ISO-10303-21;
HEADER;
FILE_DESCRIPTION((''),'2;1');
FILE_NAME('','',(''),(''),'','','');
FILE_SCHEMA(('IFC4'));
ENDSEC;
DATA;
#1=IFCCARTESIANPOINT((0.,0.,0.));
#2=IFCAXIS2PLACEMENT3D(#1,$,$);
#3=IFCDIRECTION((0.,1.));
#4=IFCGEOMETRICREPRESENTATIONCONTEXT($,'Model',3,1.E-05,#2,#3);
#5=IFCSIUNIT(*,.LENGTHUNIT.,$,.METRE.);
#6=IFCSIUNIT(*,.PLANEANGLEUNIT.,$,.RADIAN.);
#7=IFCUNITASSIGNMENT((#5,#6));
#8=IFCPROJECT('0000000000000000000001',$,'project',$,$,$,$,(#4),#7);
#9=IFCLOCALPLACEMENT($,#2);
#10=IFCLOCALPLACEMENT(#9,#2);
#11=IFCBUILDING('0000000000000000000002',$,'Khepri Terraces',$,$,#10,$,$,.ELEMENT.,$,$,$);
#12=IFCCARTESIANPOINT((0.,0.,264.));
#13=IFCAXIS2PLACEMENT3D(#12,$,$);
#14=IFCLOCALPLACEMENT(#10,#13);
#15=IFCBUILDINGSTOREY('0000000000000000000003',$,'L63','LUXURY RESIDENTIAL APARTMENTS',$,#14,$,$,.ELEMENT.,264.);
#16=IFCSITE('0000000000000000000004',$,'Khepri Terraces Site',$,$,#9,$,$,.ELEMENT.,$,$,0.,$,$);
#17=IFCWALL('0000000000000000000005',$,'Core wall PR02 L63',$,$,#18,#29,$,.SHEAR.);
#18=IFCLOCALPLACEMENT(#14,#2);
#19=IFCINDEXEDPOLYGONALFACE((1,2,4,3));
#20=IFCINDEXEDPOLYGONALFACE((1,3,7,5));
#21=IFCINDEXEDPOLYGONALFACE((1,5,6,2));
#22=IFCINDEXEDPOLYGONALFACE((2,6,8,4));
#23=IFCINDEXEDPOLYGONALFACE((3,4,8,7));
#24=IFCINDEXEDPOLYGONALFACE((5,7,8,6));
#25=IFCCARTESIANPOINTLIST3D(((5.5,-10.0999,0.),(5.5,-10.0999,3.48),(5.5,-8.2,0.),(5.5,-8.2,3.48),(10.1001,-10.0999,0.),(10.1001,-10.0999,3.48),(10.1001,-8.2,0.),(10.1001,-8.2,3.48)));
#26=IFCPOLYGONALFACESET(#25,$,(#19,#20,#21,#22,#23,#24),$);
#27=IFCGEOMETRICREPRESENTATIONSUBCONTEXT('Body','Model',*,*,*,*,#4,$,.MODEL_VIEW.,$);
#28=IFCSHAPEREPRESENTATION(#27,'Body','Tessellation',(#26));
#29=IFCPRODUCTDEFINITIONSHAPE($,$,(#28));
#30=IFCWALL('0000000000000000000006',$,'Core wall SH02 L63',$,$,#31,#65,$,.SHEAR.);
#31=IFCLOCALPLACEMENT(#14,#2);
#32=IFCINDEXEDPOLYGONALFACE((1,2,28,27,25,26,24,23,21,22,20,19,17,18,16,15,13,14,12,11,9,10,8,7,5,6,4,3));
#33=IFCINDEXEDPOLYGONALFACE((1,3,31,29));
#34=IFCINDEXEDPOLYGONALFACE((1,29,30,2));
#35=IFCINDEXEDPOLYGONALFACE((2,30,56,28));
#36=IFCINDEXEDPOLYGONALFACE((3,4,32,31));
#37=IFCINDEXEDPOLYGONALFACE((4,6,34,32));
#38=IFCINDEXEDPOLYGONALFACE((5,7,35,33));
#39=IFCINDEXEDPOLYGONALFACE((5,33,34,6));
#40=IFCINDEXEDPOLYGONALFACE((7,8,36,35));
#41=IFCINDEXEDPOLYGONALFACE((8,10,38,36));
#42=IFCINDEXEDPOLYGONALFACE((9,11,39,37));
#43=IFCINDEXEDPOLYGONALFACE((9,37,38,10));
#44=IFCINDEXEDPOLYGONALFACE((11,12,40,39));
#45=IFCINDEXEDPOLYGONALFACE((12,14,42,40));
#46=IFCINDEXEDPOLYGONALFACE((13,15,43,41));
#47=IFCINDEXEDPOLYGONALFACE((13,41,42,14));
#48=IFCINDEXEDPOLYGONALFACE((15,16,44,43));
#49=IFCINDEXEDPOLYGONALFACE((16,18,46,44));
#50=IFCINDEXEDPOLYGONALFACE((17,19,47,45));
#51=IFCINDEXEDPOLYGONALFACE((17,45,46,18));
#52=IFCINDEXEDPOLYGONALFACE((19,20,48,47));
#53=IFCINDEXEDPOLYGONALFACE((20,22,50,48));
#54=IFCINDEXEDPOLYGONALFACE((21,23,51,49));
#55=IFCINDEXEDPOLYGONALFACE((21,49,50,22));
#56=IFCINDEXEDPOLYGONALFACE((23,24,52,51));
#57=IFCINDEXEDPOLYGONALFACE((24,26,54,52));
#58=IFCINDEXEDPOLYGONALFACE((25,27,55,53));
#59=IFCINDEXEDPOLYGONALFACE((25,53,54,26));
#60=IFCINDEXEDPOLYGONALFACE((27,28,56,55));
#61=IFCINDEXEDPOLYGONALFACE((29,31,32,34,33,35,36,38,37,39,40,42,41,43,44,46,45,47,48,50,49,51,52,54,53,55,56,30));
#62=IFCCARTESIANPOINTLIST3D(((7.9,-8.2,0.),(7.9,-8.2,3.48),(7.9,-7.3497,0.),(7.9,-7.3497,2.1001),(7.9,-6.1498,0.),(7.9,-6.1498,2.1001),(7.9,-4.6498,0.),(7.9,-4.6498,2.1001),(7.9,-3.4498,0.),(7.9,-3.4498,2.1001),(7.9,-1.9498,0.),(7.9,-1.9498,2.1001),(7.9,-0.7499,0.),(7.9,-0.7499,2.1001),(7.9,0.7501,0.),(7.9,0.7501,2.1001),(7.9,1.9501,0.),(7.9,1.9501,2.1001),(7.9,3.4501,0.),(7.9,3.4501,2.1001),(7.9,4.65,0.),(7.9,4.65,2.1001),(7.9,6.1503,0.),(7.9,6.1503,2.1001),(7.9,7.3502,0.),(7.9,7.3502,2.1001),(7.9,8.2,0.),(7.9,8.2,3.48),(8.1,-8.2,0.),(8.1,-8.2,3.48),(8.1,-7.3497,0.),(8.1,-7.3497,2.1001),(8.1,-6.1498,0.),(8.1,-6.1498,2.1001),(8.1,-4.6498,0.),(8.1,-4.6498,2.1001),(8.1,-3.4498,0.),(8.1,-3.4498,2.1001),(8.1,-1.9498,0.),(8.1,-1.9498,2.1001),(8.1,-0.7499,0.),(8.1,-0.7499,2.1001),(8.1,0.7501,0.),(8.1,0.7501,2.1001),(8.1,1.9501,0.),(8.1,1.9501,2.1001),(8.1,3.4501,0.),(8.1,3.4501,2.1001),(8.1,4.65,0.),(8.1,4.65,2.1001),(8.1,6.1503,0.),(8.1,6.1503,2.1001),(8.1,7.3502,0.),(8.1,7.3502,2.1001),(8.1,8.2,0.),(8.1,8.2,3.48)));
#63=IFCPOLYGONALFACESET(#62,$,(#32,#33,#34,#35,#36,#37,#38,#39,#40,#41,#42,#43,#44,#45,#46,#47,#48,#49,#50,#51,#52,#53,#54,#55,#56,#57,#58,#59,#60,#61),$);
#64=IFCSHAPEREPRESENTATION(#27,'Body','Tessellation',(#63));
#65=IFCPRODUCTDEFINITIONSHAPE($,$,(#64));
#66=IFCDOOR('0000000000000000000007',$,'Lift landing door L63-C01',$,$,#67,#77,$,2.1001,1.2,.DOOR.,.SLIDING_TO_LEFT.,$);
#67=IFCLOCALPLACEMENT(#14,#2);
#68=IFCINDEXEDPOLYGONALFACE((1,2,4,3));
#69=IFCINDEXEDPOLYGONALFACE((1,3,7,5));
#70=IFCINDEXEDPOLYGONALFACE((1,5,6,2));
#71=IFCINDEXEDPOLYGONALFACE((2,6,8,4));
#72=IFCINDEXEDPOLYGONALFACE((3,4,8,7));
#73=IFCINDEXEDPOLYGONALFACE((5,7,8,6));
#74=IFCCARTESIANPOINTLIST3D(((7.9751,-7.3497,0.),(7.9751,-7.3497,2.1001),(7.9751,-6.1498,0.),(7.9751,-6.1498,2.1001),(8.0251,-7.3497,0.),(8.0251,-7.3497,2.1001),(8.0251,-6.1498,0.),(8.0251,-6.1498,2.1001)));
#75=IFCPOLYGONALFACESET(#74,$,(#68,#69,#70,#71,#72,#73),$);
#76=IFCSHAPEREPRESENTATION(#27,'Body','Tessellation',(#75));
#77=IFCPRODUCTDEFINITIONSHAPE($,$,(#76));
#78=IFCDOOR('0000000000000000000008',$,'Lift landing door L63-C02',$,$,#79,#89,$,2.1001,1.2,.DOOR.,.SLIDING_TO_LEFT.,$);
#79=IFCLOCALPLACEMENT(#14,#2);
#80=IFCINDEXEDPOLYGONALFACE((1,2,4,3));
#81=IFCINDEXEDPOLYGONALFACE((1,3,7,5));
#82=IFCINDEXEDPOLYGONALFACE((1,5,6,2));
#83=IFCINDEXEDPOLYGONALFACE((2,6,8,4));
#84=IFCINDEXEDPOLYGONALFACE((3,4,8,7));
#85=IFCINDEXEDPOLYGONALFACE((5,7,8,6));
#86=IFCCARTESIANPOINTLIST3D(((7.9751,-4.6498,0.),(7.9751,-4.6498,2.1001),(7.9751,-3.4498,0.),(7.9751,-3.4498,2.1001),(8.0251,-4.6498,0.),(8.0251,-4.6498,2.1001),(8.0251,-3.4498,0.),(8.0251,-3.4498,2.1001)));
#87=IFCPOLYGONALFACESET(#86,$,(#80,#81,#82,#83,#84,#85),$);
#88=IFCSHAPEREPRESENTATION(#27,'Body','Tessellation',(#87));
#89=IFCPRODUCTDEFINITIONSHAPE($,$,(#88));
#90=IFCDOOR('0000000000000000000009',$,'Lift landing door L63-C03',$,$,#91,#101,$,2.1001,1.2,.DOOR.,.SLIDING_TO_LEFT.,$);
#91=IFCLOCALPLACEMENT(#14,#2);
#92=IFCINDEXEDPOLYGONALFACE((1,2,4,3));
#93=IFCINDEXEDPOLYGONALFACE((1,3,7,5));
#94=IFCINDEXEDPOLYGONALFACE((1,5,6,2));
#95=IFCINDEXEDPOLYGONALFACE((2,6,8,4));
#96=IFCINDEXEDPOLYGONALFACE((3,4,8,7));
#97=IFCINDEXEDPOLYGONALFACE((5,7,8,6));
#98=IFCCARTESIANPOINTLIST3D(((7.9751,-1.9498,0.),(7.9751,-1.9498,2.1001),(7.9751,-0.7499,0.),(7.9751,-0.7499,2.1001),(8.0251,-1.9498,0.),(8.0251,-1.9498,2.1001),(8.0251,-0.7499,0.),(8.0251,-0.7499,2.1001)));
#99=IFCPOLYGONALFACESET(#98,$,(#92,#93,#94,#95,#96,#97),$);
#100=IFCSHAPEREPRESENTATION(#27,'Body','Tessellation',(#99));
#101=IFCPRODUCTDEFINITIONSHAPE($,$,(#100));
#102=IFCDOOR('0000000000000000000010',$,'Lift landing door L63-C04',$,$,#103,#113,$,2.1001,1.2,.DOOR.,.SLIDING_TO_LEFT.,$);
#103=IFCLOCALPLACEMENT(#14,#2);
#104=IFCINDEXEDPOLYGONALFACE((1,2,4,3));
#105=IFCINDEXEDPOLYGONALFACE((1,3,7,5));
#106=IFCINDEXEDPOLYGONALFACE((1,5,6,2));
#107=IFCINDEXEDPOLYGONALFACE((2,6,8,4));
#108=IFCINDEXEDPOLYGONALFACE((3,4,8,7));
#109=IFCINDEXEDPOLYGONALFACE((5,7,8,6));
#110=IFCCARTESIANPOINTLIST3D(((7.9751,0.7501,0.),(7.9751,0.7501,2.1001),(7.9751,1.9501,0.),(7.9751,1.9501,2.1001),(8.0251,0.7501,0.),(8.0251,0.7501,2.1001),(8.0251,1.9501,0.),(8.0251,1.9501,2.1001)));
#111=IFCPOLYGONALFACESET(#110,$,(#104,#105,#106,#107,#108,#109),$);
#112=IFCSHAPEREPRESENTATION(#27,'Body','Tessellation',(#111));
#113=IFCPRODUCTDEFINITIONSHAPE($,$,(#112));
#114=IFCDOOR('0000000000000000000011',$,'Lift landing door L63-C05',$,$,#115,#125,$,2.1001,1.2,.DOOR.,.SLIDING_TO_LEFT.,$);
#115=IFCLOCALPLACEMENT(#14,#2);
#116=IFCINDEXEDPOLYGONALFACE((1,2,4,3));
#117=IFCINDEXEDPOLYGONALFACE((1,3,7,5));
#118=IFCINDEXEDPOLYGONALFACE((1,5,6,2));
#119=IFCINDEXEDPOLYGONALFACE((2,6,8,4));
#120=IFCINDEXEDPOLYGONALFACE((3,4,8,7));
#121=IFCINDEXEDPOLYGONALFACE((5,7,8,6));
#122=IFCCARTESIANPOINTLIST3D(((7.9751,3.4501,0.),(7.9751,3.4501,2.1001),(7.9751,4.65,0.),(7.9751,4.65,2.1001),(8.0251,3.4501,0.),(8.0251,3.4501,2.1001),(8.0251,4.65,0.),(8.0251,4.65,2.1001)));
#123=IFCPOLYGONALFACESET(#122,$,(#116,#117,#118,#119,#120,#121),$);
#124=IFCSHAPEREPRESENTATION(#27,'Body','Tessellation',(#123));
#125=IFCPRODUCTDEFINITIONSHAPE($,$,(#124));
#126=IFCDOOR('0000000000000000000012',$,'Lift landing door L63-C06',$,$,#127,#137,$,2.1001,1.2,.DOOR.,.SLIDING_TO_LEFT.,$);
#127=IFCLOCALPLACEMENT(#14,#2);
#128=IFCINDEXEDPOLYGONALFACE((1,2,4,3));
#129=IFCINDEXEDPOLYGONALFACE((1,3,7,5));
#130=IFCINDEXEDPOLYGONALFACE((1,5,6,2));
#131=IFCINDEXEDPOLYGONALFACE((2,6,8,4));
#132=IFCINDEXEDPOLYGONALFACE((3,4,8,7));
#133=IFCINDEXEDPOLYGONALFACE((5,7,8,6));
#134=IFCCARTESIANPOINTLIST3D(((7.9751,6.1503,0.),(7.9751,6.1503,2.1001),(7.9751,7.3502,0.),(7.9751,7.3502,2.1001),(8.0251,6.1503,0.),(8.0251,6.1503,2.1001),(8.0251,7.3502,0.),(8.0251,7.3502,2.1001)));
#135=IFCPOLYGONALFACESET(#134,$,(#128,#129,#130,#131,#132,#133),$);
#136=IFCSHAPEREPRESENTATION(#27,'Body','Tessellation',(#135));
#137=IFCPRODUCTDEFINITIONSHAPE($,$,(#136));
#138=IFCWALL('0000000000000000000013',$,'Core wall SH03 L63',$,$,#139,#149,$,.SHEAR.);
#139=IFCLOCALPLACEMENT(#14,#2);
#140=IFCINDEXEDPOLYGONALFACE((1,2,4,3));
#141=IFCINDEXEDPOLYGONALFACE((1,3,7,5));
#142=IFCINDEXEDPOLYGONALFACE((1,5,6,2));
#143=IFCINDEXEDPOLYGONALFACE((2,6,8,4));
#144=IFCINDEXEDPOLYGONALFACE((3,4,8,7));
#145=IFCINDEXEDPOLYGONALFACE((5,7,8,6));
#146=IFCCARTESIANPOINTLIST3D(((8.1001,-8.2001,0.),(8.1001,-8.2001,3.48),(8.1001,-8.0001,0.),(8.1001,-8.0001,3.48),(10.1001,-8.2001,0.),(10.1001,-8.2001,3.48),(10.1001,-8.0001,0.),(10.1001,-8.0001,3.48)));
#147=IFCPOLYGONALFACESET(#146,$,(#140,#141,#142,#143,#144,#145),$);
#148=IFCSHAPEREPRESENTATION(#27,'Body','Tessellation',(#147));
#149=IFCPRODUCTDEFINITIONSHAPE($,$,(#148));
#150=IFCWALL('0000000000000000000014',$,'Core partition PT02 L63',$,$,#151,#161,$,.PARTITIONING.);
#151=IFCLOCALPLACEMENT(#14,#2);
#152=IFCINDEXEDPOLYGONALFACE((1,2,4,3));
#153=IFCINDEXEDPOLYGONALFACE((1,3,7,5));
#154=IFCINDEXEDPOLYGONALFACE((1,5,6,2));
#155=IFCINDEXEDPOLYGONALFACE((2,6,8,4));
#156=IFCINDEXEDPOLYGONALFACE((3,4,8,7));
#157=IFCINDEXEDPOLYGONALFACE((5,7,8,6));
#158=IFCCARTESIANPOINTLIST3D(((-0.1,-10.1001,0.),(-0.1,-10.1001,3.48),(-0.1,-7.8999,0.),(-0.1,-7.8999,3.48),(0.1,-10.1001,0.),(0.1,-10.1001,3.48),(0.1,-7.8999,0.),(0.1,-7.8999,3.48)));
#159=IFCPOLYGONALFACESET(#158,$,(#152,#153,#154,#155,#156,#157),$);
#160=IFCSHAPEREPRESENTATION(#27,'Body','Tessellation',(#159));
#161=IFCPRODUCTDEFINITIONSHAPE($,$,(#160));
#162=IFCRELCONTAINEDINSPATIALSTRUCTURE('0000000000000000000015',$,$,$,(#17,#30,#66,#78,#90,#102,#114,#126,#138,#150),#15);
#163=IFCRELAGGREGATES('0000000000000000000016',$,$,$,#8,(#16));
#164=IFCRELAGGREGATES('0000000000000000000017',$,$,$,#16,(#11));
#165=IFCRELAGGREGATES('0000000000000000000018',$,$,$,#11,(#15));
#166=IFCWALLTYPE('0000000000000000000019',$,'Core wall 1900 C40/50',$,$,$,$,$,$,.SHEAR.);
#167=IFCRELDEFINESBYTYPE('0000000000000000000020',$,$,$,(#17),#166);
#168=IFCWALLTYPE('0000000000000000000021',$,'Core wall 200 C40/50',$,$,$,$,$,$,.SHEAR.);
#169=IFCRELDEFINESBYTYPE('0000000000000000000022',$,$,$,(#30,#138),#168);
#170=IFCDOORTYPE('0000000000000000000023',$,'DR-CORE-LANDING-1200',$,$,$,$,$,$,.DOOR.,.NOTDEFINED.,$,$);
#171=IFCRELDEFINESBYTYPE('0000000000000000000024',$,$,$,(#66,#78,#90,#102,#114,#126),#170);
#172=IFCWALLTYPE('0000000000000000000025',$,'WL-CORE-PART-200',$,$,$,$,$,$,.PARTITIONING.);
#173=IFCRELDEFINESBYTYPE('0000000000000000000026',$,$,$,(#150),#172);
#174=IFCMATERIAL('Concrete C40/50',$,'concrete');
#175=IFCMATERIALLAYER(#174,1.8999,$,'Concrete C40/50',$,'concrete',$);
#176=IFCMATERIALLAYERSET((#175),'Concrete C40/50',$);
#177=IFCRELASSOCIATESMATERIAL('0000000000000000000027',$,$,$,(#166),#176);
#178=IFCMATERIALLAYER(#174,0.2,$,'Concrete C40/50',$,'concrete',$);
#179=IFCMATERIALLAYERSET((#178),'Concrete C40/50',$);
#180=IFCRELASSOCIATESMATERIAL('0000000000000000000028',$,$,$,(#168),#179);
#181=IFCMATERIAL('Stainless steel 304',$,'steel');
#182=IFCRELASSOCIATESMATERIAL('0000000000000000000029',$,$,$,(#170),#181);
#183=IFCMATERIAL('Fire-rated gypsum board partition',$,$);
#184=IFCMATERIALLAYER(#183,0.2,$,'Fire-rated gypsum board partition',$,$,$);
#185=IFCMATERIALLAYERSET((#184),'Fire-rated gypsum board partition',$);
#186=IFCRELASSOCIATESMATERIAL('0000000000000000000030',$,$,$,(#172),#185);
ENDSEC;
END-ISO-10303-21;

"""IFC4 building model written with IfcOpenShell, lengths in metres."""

from ifc_helpers import new_model, si_unit, direction, frame, frame_2d, origin, place, context, subcontext, project, spatial, rectangle, extrude, material, layer, layer_set, type_object, element, fill, save


model = new_model("IFC4")

# Units and contexts
model_context = context("Model", 3, precision=1e-05, world=origin(), true_north=direction((0.0, 1.0)))
body_context = subcontext(model_context, "Body", "Model", "MODEL_VIEW")
ifc_project = project(units=[si_unit("LENGTHUNIT", "METRE"), si_unit("PLANEANGLEUNIT", "RADIAN")], contexts=[model_context])

# Site, building, storey
site_placement = place(None, origin())
site = spatial("IfcSite", under=ifc_project, at=site_placement, Name="Khepri Terraces Site", CompositionType="ELEMENT", RefElevation=0.0)
building_placement = place(site_placement, origin())
building = spatial("IfcBuilding", under=site, at=building_placement, Name="Khepri Terraces", CompositionType="ELEMENT")
storey_placement = place(building_placement, frame((0.0, 0.0, 264.0)))
storey = spatial("IfcBuildingStorey", under=building, at=storey_placement, Name="L63", Description="LUXURY RESIDENTIAL APARTMENTS", CompositionType="ELEMENT", Elevation=264.0)

# Wall
ifc_material_1 = material(Name="Concrete C40/50", Category="concrete")
ifc_layer_1 = layer(ifc_material_1, 1.8999, Name="Concrete C40/50", Category="concrete")
ifc_layer_set_1 = layer_set([ifc_layer_1], Name="Concrete C40/50")
wall_type_1 = type_object("IfcWallType", Name="Core wall 1900 C40/50", PredefinedType="SHEAR", material=ifc_layer_set_1)
wall_1_placement = place(storey_placement, frame((5.5, -9.1499, 0.0), z_axis=(0.0, 0.0, 1.0), x_axis=(1.0, 0.0, 0.0)))
element("IfcWall", 1, at=wall_1_placement, inside=storey, type_object=wall_type_1, Name="Core wall PR02 L63", PredefinedType="SHEAR", context=body_context, shape_type="SweptSolid", body=[
    extrude(rectangle(XDim=4.6001, YDim=1.8999, at=frame_2d((2.3, 0.0))), origin(), (0.0, 0.0, 1.0), 3.48),
])

# Wall, openings, doors
ifc_layer_2 = layer(ifc_material_1, 0.2, Name="Concrete C40/50", Category="concrete")
ifc_layer_set_2 = layer_set([ifc_layer_2], Name="Concrete C40/50")
wall_type_2 = type_object("IfcWallType", Name="Core wall 200 C40/50", PredefinedType="SHEAR", material=ifc_layer_set_2)
wall_2_placement = place(storey_placement, frame((8.0, -8.2, 0.0), z_axis=(0.0, 0.0, 1.0), x_axis=(0.0, 1.0, 0.0)))
wall_2 = element("IfcWall", 2, at=wall_2_placement, inside=storey, type_object=wall_type_2, Name="Core wall SH02 L63", PredefinedType="SHEAR", context=body_context, shape_type="SweptSolid", body=[
    extrude(rectangle(XDim=16.3999, YDim=0.2, at=frame_2d((8.2, 0.0))), origin(), (0.0, 0.0, 1.0), 3.48),
])
opening_1_placement = place(wall_2_placement, frame((0.8501, 0.0, 0.0)))
opening_1 = element("IfcOpeningElement", 3, at=opening_1_placement, cuts=wall_2, PredefinedType="OPENING", context=body_context, shape_type="SweptSolid", body=[
    extrude(rectangle(XDim=1.2, YDim=2.1001, at=frame_2d((0.6001, 1.05))), frame((0.0, 0.1099, 0.0), z_axis=(0.0, -1.0, 0.0), x_axis=(1.0, 0.0, 0.0)), (0.0, 0.0, 1.0), 0.22),
])
opening_2_placement = place(wall_2_placement, frame((3.55, 0.0, 0.0)))
opening_2 = element("IfcOpeningElement", 4, at=opening_2_placement, cuts=wall_2, PredefinedType="OPENING", context=body_context, shape_type="SweptSolid", body=[
    extrude(rectangle(XDim=1.2, YDim=2.1001, at=frame_2d((0.6001, 1.05))), frame((0.0, 0.1099, 0.0), z_axis=(0.0, -1.0, 0.0), x_axis=(1.0, 0.0, 0.0)), (0.0, 0.0, 1.0), 0.22),
])
opening_3_placement = place(wall_2_placement, frame((6.25, 0.0, 0.0)))
opening_3 = element("IfcOpeningElement", 5, at=opening_3_placement, cuts=wall_2, PredefinedType="OPENING", context=body_context, shape_type="SweptSolid", body=[
    extrude(rectangle(XDim=1.2, YDim=2.1001, at=frame_2d((0.6001, 1.05))), frame((0.0, 0.1099, 0.0), z_axis=(0.0, -1.0, 0.0), x_axis=(1.0, 0.0, 0.0)), (0.0, 0.0, 1.0), 0.22),
])
opening_4_placement = place(wall_2_placement, frame((8.95, 0.0, 0.0)))
opening_4 = element("IfcOpeningElement", 6, at=opening_4_placement, cuts=wall_2, PredefinedType="OPENING", context=body_context, shape_type="SweptSolid", body=[
    extrude(rectangle(XDim=1.2, YDim=2.1001, at=frame_2d((0.6001, 1.05))), frame((0.0, 0.1099, 0.0), z_axis=(0.0, -1.0, 0.0), x_axis=(1.0, 0.0, 0.0)), (0.0, 0.0, 1.0), 0.22),
])
opening_5_placement = place(wall_2_placement, frame((11.6499, 0.0, 0.0)))
opening_5 = element("IfcOpeningElement", 7, at=opening_5_placement, cuts=wall_2, PredefinedType="OPENING", context=body_context, shape_type="SweptSolid", body=[
    extrude(rectangle(XDim=1.2, YDim=2.1001, at=frame_2d((0.6001, 1.05))), frame((0.0, 0.1099, 0.0), z_axis=(0.0, -1.0, 0.0), x_axis=(1.0, 0.0, 0.0)), (0.0, 0.0, 1.0), 0.22),
])
opening_6_placement = place(wall_2_placement, frame((14.3501, 0.0, 0.0)))
opening_6 = element("IfcOpeningElement", 8, at=opening_6_placement, cuts=wall_2, PredefinedType="OPENING", context=body_context, shape_type="SweptSolid", body=[
    extrude(rectangle(XDim=1.2, YDim=2.1001, at=frame_2d((0.6001, 1.05))), frame((0.0, 0.1099, 0.0), z_axis=(0.0, -1.0, 0.0), x_axis=(1.0, 0.0, 0.0)), (0.0, 0.0, 1.0), 0.22),
])
ifc_material_2 = material(Name="Stainless steel 304", Category="steel")
door_type_1 = type_object("IfcDoorType", Name="DR-CORE-LANDING-1200", OperationType="NOTDEFINED", PredefinedType="DOOR", material=ifc_material_2)
door_1_placement = place(opening_1_placement, origin())
door_1 = element("IfcDoor", 9, at=door_1_placement, inside=storey, type_object=door_type_1, Name="Lift landing door L63-C01", OperationType="SLIDING_TO_LEFT", OverallHeight=2.1001, OverallWidth=1.2, PredefinedType="DOOR", context=body_context, shape_type="SweptSolid", body=[
    extrude(rectangle(XDim=1.2, YDim=2.1001, at=frame_2d((0.6001, 1.05))), frame((0.0, 0.0249, 0.0), z_axis=(0.0, -1.0, 0.0), x_axis=(1.0, 0.0, 0.0)), (0.0, 0.0, 1.0), 0.05),
])
fill(opening_1, door_1)
door_2_placement = place(opening_2_placement, origin())
door_2 = element("IfcDoor", 10, at=door_2_placement, inside=storey, type_object=door_type_1, Name="Lift landing door L63-C02", OperationType="SLIDING_TO_LEFT", OverallHeight=2.1001, OverallWidth=1.2, PredefinedType="DOOR", context=body_context, shape_type="SweptSolid", body=[
    extrude(rectangle(XDim=1.2, YDim=2.1001, at=frame_2d((0.6001, 1.05))), frame((0.0, 0.0249, 0.0), z_axis=(0.0, -1.0, 0.0), x_axis=(1.0, 0.0, 0.0)), (0.0, 0.0, 1.0), 0.05),
])
fill(opening_2, door_2)
door_3_placement = place(opening_3_placement, origin())
door_3 = element("IfcDoor", 11, at=door_3_placement, inside=storey, type_object=door_type_1, Name="Lift landing door L63-C03", OperationType="SLIDING_TO_LEFT", OverallHeight=2.1001, OverallWidth=1.2, PredefinedType="DOOR", context=body_context, shape_type="SweptSolid", body=[
    extrude(rectangle(XDim=1.2, YDim=2.1001, at=frame_2d((0.6001, 1.05))), frame((0.0, 0.0249, 0.0), z_axis=(0.0, -1.0, 0.0), x_axis=(1.0, 0.0, 0.0)), (0.0, 0.0, 1.0), 0.05),
])
fill(opening_3, door_3)
door_4_placement = place(opening_4_placement, origin())
door_4 = element("IfcDoor", 12, at=door_4_placement, inside=storey, type_object=door_type_1, Name="Lift landing door L63-C04", OperationType="SLIDING_TO_LEFT", OverallHeight=2.1001, OverallWidth=1.2, PredefinedType="DOOR", context=body_context, shape_type="SweptSolid", body=[
    extrude(rectangle(XDim=1.2, YDim=2.1001, at=frame_2d((0.6001, 1.05))), frame((0.0, 0.0249, 0.0), z_axis=(0.0, -1.0, 0.0), x_axis=(1.0, 0.0, 0.0)), (0.0, 0.0, 1.0), 0.05),
])
fill(opening_4, door_4)
door_5_placement = place(opening_5_placement, origin())
door_5 = element("IfcDoor", 13, at=door_5_placement, inside=storey, type_object=door_type_1, Name="Lift landing door L63-C05", OperationType="SLIDING_TO_LEFT", OverallHeight=2.1001, OverallWidth=1.2, PredefinedType="DOOR", context=body_context, shape_type="SweptSolid", body=[
    extrude(rectangle(XDim=1.2, YDim=2.1001, at=frame_2d((0.6001, 1.05))), frame((0.0, 0.0249, 0.0), z_axis=(0.0, -1.0, 0.0), x_axis=(1.0, 0.0, 0.0)), (0.0, 0.0, 1.0), 0.05),
])
fill(opening_5, door_5)
door_6_placement = place(opening_6_placement, origin())
door_6 = element("IfcDoor", 14, at=door_6_placement, inside=storey, type_object=door_type_1, Name="Lift landing door L63-C06", OperationType="SLIDING_TO_LEFT", OverallHeight=2.1001, OverallWidth=1.2, PredefinedType="DOOR", context=body_context, shape_type="SweptSolid", body=[
    extrude(rectangle(XDim=1.2, YDim=2.1001, at=frame_2d((0.6001, 1.05))), frame((0.0, 0.0249, 0.0), z_axis=(0.0, -1.0, 0.0), x_axis=(1.0, 0.0, 0.0)), (0.0, 0.0, 1.0), 0.05),
])
fill(opening_6, door_6)

# Walls
wall_3_placement = place(storey_placement, frame((8.1001, -8.1001, 0.0), z_axis=(0.0, 0.0, 1.0), x_axis=(1.0, 0.0, 0.0)))
element("IfcWall", 15, at=wall_3_placement, inside=storey, type_object=wall_type_2, Name="Core wall SH03 L63", PredefinedType="SHEAR", context=body_context, shape_type="SweptSolid", body=[
    extrude(rectangle(XDim=2.0, YDim=0.2, at=frame_2d((1.0, 0.0))), origin(), (0.0, 0.0, 1.0), 3.48),
])
ifc_material_3 = material(Name="Fire-rated gypsum board partition")
ifc_layer_3 = layer(ifc_material_3, 0.2, Name="Fire-rated gypsum board partition")
ifc_layer_set_3 = layer_set([ifc_layer_3], Name="Fire-rated gypsum board partition")
wall_type_3 = type_object("IfcWallType", Name="WL-CORE-PART-200", PredefinedType="PARTITIONING", material=ifc_layer_set_3)
wall_4_placement = place(storey_placement, frame((0.0, -10.1001, 0.0), z_axis=(0.0, 0.0, 1.0), x_axis=(0.0, 1.0, 0.0)))
element("IfcWall", 16, at=wall_4_placement, inside=storey, type_object=wall_type_3, Name="Core partition PT02 L63", PredefinedType="PARTITIONING", context=body_context, shape_type="SweptSolid", body=[
    extrude(rectangle(XDim=2.2002, YDim=0.2, at=frame_2d((1.1001, 0.0))), origin(), (0.0, 0.0, 1.0), 3.48),
])

save(model, "model.ifc")
